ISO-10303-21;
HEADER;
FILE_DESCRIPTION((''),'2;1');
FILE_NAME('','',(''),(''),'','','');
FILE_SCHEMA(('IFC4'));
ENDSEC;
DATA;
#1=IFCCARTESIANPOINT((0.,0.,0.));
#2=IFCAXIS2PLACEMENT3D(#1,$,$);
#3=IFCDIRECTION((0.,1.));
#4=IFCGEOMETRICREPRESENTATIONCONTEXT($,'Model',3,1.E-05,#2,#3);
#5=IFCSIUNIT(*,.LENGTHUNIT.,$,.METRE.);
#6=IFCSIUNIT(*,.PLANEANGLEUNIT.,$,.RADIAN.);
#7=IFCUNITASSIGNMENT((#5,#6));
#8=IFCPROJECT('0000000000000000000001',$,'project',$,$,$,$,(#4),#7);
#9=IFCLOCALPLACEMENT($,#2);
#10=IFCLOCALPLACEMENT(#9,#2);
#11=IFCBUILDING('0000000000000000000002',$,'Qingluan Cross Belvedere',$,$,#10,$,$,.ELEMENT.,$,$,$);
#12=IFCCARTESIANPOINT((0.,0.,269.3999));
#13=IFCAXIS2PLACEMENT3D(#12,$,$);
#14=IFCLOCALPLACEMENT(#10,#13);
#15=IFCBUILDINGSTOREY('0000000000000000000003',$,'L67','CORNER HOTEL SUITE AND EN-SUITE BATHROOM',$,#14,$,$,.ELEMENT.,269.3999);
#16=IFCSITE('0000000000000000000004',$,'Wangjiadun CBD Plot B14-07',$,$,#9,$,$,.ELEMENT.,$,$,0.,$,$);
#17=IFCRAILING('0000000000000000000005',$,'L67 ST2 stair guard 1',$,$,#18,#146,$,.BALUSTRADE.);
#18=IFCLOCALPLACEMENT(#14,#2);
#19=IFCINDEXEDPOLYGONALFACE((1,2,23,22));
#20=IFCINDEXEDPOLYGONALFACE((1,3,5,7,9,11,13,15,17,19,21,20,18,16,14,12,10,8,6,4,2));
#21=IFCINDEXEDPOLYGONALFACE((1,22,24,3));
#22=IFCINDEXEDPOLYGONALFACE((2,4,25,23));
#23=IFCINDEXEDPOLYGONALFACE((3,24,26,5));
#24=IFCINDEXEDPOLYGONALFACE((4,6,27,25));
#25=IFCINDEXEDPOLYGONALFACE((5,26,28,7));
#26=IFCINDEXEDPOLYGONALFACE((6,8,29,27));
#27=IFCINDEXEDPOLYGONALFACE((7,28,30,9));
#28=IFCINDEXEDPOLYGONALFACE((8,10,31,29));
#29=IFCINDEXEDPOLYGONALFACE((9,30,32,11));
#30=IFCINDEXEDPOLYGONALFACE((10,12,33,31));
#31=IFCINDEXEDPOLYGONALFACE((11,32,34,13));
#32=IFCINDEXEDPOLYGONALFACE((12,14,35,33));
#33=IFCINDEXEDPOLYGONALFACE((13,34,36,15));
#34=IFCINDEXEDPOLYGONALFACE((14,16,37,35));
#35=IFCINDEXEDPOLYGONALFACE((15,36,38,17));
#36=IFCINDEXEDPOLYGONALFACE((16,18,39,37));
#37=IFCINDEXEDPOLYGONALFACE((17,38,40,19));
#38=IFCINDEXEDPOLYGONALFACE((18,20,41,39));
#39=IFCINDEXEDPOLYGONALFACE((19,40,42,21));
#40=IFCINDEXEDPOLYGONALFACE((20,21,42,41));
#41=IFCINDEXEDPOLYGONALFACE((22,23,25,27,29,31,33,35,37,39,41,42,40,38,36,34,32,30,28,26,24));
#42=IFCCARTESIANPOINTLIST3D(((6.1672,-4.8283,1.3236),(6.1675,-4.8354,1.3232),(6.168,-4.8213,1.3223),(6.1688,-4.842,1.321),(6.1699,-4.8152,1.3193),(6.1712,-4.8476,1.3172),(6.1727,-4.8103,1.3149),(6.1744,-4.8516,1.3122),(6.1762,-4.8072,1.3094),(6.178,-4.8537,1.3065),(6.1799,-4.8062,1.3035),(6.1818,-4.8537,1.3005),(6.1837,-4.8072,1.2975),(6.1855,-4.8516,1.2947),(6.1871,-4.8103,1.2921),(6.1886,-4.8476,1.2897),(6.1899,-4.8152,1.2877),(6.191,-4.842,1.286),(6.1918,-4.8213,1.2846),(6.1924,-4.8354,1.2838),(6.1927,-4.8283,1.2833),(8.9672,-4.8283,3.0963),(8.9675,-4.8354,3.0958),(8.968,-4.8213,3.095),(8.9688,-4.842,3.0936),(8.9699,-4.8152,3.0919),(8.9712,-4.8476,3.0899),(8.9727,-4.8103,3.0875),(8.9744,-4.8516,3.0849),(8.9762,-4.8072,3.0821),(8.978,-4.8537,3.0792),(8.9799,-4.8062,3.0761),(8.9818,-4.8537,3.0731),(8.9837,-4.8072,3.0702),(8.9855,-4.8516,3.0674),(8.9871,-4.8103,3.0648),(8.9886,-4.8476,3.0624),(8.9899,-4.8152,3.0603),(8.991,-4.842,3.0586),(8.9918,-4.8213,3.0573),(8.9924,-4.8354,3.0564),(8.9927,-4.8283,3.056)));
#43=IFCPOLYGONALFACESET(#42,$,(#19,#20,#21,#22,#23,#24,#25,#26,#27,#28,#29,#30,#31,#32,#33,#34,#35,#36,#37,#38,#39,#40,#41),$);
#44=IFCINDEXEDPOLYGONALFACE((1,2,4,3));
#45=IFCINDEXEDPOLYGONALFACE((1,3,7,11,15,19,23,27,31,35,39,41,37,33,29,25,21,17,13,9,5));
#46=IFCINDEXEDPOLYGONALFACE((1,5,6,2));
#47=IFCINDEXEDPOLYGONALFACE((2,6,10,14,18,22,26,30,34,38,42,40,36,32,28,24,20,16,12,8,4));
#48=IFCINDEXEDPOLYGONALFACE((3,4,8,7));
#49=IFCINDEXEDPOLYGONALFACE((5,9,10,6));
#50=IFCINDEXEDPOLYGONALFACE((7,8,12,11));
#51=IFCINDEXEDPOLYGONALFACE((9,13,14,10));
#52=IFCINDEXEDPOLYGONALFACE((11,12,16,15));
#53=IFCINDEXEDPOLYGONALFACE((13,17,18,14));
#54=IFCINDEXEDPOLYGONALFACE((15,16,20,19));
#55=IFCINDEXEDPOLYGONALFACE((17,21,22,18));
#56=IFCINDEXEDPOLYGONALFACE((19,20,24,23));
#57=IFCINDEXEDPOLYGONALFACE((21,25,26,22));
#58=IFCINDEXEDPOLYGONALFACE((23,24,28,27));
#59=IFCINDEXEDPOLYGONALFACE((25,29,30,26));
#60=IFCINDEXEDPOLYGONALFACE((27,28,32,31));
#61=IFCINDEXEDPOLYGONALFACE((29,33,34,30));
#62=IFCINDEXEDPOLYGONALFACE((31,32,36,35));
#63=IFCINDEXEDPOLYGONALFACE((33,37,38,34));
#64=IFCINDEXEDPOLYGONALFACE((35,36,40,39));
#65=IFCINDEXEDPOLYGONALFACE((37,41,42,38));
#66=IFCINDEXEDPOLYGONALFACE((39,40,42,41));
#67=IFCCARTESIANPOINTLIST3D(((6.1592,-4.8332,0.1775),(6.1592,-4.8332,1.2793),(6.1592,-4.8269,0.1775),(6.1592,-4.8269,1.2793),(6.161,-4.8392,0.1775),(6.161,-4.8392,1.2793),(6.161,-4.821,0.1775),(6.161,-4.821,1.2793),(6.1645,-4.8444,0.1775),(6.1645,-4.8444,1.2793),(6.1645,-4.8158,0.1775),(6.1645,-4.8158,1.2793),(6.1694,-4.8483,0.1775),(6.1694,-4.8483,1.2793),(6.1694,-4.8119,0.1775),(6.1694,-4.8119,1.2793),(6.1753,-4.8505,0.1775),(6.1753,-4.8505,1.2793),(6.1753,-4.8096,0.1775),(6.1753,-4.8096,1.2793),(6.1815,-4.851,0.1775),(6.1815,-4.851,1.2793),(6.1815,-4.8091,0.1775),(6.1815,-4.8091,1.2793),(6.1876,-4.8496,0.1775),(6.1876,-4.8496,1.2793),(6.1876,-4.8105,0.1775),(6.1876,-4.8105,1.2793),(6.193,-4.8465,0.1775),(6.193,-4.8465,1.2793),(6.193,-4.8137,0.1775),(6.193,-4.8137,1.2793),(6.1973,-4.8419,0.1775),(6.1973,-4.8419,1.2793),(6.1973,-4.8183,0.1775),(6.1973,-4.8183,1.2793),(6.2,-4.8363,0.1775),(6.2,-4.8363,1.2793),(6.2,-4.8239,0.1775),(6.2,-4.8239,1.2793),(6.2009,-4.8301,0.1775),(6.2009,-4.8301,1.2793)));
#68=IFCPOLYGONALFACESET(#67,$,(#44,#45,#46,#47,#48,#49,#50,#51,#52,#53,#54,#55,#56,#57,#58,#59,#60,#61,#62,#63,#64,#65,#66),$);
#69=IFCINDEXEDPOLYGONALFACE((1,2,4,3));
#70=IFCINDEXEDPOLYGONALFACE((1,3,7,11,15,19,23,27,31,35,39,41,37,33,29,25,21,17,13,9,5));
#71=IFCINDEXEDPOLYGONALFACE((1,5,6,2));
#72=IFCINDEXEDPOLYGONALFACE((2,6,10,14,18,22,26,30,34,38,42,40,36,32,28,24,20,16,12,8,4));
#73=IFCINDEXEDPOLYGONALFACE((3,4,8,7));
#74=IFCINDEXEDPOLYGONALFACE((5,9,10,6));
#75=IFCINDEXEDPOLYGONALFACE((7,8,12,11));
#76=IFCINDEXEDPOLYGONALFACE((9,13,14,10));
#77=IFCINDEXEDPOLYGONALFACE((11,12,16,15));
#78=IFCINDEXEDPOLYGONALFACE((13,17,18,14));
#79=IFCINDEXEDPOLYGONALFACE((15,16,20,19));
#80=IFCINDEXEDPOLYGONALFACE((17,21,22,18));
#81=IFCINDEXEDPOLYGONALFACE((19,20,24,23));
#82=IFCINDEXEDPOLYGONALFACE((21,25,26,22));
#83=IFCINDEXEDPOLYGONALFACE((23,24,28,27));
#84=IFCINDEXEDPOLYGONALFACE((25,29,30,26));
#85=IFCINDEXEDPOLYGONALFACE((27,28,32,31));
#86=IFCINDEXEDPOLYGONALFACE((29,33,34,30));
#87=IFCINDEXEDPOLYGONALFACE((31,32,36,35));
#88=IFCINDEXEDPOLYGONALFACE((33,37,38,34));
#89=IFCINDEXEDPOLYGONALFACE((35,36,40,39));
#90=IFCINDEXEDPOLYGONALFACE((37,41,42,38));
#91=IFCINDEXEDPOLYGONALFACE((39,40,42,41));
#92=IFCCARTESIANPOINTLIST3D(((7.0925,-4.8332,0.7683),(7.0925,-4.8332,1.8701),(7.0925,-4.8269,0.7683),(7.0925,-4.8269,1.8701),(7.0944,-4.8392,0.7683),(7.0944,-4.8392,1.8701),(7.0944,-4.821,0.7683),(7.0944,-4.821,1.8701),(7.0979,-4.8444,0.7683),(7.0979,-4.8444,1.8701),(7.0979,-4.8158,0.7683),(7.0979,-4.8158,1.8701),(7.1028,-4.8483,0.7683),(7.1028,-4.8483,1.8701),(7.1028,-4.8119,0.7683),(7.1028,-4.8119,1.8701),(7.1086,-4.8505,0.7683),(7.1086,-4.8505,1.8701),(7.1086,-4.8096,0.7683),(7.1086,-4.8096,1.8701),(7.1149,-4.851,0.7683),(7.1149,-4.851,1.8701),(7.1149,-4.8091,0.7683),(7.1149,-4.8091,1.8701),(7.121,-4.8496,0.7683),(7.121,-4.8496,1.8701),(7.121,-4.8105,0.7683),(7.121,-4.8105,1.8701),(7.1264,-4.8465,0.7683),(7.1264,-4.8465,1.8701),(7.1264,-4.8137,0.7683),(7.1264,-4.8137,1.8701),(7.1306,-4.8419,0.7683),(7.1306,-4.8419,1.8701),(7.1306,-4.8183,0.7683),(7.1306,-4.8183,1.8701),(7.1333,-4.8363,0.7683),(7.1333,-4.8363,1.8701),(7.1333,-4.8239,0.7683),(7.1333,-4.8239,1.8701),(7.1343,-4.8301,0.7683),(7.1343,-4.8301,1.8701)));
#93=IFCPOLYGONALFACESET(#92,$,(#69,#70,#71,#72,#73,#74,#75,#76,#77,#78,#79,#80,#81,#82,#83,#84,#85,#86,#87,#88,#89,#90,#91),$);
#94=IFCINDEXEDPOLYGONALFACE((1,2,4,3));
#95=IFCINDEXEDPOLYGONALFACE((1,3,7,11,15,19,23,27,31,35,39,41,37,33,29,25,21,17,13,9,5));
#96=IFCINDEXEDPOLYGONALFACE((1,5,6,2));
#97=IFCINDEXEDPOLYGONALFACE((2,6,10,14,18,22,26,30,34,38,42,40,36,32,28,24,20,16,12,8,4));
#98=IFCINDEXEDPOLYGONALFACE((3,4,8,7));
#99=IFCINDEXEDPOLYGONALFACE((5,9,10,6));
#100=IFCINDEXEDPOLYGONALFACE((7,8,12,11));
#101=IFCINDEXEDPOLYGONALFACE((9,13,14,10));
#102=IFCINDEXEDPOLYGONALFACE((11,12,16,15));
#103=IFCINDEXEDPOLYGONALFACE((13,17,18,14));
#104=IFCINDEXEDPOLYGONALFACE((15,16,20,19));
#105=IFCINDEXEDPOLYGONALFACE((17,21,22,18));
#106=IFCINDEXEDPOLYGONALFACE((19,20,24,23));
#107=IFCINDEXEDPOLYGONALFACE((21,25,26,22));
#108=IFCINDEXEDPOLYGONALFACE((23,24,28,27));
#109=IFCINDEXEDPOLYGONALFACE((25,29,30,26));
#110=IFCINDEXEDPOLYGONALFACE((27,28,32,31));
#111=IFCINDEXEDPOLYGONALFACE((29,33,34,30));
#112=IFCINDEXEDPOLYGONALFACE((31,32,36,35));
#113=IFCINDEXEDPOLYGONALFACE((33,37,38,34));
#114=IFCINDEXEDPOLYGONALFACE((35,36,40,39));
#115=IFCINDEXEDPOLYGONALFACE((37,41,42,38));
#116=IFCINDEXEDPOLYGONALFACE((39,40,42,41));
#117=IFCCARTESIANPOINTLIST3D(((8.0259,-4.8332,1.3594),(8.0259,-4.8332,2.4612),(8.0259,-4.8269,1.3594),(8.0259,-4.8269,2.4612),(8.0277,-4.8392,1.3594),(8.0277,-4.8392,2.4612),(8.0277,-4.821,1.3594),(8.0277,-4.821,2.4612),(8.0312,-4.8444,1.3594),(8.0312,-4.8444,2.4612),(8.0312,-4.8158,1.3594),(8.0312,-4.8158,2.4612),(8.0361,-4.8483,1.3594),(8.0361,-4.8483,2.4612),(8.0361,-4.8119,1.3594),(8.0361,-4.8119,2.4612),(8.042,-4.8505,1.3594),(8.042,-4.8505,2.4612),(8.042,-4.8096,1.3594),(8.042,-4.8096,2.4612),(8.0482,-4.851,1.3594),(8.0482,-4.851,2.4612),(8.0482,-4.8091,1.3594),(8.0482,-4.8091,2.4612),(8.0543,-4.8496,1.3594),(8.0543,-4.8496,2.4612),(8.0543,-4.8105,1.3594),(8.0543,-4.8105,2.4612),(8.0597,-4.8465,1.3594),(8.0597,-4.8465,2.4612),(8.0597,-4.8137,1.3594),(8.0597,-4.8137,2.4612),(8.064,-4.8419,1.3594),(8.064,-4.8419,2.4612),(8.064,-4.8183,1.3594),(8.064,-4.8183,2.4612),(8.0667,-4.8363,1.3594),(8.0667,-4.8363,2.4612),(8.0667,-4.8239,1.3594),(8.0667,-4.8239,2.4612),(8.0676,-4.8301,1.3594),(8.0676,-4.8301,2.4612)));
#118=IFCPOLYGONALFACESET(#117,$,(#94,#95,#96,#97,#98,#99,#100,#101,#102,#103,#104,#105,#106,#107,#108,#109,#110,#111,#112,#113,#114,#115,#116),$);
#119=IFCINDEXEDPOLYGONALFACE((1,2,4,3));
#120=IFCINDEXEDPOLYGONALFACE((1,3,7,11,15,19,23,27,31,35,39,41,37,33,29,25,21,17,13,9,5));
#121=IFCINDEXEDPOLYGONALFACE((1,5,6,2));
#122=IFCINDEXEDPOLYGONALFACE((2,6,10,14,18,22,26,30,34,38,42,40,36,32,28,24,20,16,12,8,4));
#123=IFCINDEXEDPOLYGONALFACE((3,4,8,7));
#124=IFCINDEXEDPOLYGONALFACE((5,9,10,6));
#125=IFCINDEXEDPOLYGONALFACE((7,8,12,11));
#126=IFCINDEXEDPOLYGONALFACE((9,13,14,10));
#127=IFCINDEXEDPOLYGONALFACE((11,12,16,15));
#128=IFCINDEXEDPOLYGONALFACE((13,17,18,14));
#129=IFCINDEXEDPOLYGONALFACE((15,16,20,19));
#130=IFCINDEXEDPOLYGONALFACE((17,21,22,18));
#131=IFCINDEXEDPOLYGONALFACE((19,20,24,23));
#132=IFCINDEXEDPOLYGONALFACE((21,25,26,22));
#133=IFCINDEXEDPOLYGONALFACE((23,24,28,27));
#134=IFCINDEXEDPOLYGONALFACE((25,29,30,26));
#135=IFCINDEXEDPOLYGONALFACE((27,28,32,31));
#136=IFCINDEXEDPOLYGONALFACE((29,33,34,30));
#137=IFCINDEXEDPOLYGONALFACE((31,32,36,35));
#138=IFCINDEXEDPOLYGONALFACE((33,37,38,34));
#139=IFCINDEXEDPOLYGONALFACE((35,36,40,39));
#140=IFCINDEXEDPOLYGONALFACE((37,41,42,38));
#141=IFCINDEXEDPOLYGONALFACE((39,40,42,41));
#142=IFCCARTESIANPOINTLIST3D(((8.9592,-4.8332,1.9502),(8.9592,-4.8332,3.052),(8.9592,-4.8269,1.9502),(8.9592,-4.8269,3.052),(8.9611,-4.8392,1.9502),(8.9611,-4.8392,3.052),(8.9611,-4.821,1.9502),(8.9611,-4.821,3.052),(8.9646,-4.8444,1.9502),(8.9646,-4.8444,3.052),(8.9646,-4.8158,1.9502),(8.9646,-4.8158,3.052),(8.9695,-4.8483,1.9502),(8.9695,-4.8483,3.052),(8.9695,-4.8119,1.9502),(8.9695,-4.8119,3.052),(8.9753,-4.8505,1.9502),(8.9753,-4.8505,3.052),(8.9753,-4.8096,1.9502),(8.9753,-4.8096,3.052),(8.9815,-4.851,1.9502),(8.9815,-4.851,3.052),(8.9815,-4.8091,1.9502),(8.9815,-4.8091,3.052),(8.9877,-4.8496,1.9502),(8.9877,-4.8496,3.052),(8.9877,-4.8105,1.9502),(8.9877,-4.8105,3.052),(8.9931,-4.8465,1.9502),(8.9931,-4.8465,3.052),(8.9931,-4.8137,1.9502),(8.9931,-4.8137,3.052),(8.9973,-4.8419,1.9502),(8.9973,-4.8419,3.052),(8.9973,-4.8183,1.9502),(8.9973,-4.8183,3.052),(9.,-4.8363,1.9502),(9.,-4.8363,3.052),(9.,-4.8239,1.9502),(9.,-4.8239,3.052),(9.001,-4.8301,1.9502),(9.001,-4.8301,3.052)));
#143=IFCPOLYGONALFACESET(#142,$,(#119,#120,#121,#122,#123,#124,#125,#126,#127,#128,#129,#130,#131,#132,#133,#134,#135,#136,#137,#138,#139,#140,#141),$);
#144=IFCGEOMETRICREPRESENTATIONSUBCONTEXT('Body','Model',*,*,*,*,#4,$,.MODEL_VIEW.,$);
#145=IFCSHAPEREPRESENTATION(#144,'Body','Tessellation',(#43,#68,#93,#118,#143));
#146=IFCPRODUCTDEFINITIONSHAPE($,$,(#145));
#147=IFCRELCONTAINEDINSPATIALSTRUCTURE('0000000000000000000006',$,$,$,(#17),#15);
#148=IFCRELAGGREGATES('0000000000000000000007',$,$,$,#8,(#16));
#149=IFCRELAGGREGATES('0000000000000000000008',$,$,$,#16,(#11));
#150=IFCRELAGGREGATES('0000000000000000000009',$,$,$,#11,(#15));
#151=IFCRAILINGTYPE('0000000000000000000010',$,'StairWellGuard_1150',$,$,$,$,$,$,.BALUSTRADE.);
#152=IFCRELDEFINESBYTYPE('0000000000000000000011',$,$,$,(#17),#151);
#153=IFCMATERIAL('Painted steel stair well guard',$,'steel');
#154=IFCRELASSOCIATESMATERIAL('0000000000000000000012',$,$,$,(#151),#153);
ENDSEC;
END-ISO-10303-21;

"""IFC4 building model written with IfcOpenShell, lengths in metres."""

from ifc_helpers import new_model, si_unit, direction, frame, origin, origin_2d, place, context, subcontext, project, spatial, circle, extrude, material, type_object, element, save


model = new_model("IFC4")

# Units and contexts
model_context = context("Model", 3, precision=1e-05, world=origin(), true_north=direction((0.0, 1.0)))
body_context = subcontext(model_context, "Body", "Model", "MODEL_VIEW")
ifc_project = project(units=[si_unit("LENGTHUNIT", "METRE"), si_unit("PLANEANGLEUNIT", "RADIAN")], contexts=[model_context])

# Site, building, storey
site_placement = place(None, origin())
site = spatial("IfcSite", under=ifc_project, at=site_placement, Name="Wangjiadun CBD Plot B14-07", CompositionType="ELEMENT", RefElevation=0.0)
building_placement = place(site_placement, origin())
building = spatial("IfcBuilding", under=site, at=building_placement, Name="Qingluan Cross Belvedere", CompositionType="ELEMENT")
storey_placement = place(building_placement, frame((0.0, 0.0, 269.3999)))
storey = spatial("IfcBuildingStorey", under=building, at=storey_placement, Name="L67", Description="CORNER HOTEL SUITE AND EN-SUITE BATHROOM", CompositionType="ELEMENT", Elevation=269.3999)

# Railing
ifc_material_1 = material(Name="Painted steel stair well guard", Category="steel")
railing_type_1 = type_object("IfcRailingType", Name="StairWellGuard_1150", PredefinedType="BALUSTRADE", material=ifc_material_1)
railing_1_placement = place(storey_placement, frame((6.1799, -4.8301, 0.1775)))
element("IfcRailing", 1, at=railing_1_placement, inside=storey, type_object=railing_type_1, Name="L67 ST2 stair guard 1", PredefinedType="BALUSTRADE", context=body_context, shape_type="SweptSolid", body=[
    extrude(circle(Radius=0.0239, at=origin_2d()), frame((0.0, 0.0, 1.126), z_axis=(0.844909, 0.0, 0.53491), x_axis=(0.0, 1.0, 0.0)), (0.0, 0.0, 1.0), 3.314),
    extrude(circle(Radius=0.021, at=origin_2d()), origin(), (0.0, 0.0, 1.0), 1.1018),
    extrude(circle(Radius=0.021, at=origin_2d()), frame((0.9333, 0.0, 0.5908)), (0.0, 0.0, 1.0), 1.1018),
    extrude(circle(Radius=0.021, at=origin_2d()), frame((1.8667, 0.0, 1.1819)), (0.0, 0.0, 1.0), 1.1018),
    extrude(circle(Radius=0.021, at=origin_2d()), frame((2.8, 0.0, 1.7727)), (0.0, 0.0, 1.0), 1.1018),
])

save(model, "model.ifc")
